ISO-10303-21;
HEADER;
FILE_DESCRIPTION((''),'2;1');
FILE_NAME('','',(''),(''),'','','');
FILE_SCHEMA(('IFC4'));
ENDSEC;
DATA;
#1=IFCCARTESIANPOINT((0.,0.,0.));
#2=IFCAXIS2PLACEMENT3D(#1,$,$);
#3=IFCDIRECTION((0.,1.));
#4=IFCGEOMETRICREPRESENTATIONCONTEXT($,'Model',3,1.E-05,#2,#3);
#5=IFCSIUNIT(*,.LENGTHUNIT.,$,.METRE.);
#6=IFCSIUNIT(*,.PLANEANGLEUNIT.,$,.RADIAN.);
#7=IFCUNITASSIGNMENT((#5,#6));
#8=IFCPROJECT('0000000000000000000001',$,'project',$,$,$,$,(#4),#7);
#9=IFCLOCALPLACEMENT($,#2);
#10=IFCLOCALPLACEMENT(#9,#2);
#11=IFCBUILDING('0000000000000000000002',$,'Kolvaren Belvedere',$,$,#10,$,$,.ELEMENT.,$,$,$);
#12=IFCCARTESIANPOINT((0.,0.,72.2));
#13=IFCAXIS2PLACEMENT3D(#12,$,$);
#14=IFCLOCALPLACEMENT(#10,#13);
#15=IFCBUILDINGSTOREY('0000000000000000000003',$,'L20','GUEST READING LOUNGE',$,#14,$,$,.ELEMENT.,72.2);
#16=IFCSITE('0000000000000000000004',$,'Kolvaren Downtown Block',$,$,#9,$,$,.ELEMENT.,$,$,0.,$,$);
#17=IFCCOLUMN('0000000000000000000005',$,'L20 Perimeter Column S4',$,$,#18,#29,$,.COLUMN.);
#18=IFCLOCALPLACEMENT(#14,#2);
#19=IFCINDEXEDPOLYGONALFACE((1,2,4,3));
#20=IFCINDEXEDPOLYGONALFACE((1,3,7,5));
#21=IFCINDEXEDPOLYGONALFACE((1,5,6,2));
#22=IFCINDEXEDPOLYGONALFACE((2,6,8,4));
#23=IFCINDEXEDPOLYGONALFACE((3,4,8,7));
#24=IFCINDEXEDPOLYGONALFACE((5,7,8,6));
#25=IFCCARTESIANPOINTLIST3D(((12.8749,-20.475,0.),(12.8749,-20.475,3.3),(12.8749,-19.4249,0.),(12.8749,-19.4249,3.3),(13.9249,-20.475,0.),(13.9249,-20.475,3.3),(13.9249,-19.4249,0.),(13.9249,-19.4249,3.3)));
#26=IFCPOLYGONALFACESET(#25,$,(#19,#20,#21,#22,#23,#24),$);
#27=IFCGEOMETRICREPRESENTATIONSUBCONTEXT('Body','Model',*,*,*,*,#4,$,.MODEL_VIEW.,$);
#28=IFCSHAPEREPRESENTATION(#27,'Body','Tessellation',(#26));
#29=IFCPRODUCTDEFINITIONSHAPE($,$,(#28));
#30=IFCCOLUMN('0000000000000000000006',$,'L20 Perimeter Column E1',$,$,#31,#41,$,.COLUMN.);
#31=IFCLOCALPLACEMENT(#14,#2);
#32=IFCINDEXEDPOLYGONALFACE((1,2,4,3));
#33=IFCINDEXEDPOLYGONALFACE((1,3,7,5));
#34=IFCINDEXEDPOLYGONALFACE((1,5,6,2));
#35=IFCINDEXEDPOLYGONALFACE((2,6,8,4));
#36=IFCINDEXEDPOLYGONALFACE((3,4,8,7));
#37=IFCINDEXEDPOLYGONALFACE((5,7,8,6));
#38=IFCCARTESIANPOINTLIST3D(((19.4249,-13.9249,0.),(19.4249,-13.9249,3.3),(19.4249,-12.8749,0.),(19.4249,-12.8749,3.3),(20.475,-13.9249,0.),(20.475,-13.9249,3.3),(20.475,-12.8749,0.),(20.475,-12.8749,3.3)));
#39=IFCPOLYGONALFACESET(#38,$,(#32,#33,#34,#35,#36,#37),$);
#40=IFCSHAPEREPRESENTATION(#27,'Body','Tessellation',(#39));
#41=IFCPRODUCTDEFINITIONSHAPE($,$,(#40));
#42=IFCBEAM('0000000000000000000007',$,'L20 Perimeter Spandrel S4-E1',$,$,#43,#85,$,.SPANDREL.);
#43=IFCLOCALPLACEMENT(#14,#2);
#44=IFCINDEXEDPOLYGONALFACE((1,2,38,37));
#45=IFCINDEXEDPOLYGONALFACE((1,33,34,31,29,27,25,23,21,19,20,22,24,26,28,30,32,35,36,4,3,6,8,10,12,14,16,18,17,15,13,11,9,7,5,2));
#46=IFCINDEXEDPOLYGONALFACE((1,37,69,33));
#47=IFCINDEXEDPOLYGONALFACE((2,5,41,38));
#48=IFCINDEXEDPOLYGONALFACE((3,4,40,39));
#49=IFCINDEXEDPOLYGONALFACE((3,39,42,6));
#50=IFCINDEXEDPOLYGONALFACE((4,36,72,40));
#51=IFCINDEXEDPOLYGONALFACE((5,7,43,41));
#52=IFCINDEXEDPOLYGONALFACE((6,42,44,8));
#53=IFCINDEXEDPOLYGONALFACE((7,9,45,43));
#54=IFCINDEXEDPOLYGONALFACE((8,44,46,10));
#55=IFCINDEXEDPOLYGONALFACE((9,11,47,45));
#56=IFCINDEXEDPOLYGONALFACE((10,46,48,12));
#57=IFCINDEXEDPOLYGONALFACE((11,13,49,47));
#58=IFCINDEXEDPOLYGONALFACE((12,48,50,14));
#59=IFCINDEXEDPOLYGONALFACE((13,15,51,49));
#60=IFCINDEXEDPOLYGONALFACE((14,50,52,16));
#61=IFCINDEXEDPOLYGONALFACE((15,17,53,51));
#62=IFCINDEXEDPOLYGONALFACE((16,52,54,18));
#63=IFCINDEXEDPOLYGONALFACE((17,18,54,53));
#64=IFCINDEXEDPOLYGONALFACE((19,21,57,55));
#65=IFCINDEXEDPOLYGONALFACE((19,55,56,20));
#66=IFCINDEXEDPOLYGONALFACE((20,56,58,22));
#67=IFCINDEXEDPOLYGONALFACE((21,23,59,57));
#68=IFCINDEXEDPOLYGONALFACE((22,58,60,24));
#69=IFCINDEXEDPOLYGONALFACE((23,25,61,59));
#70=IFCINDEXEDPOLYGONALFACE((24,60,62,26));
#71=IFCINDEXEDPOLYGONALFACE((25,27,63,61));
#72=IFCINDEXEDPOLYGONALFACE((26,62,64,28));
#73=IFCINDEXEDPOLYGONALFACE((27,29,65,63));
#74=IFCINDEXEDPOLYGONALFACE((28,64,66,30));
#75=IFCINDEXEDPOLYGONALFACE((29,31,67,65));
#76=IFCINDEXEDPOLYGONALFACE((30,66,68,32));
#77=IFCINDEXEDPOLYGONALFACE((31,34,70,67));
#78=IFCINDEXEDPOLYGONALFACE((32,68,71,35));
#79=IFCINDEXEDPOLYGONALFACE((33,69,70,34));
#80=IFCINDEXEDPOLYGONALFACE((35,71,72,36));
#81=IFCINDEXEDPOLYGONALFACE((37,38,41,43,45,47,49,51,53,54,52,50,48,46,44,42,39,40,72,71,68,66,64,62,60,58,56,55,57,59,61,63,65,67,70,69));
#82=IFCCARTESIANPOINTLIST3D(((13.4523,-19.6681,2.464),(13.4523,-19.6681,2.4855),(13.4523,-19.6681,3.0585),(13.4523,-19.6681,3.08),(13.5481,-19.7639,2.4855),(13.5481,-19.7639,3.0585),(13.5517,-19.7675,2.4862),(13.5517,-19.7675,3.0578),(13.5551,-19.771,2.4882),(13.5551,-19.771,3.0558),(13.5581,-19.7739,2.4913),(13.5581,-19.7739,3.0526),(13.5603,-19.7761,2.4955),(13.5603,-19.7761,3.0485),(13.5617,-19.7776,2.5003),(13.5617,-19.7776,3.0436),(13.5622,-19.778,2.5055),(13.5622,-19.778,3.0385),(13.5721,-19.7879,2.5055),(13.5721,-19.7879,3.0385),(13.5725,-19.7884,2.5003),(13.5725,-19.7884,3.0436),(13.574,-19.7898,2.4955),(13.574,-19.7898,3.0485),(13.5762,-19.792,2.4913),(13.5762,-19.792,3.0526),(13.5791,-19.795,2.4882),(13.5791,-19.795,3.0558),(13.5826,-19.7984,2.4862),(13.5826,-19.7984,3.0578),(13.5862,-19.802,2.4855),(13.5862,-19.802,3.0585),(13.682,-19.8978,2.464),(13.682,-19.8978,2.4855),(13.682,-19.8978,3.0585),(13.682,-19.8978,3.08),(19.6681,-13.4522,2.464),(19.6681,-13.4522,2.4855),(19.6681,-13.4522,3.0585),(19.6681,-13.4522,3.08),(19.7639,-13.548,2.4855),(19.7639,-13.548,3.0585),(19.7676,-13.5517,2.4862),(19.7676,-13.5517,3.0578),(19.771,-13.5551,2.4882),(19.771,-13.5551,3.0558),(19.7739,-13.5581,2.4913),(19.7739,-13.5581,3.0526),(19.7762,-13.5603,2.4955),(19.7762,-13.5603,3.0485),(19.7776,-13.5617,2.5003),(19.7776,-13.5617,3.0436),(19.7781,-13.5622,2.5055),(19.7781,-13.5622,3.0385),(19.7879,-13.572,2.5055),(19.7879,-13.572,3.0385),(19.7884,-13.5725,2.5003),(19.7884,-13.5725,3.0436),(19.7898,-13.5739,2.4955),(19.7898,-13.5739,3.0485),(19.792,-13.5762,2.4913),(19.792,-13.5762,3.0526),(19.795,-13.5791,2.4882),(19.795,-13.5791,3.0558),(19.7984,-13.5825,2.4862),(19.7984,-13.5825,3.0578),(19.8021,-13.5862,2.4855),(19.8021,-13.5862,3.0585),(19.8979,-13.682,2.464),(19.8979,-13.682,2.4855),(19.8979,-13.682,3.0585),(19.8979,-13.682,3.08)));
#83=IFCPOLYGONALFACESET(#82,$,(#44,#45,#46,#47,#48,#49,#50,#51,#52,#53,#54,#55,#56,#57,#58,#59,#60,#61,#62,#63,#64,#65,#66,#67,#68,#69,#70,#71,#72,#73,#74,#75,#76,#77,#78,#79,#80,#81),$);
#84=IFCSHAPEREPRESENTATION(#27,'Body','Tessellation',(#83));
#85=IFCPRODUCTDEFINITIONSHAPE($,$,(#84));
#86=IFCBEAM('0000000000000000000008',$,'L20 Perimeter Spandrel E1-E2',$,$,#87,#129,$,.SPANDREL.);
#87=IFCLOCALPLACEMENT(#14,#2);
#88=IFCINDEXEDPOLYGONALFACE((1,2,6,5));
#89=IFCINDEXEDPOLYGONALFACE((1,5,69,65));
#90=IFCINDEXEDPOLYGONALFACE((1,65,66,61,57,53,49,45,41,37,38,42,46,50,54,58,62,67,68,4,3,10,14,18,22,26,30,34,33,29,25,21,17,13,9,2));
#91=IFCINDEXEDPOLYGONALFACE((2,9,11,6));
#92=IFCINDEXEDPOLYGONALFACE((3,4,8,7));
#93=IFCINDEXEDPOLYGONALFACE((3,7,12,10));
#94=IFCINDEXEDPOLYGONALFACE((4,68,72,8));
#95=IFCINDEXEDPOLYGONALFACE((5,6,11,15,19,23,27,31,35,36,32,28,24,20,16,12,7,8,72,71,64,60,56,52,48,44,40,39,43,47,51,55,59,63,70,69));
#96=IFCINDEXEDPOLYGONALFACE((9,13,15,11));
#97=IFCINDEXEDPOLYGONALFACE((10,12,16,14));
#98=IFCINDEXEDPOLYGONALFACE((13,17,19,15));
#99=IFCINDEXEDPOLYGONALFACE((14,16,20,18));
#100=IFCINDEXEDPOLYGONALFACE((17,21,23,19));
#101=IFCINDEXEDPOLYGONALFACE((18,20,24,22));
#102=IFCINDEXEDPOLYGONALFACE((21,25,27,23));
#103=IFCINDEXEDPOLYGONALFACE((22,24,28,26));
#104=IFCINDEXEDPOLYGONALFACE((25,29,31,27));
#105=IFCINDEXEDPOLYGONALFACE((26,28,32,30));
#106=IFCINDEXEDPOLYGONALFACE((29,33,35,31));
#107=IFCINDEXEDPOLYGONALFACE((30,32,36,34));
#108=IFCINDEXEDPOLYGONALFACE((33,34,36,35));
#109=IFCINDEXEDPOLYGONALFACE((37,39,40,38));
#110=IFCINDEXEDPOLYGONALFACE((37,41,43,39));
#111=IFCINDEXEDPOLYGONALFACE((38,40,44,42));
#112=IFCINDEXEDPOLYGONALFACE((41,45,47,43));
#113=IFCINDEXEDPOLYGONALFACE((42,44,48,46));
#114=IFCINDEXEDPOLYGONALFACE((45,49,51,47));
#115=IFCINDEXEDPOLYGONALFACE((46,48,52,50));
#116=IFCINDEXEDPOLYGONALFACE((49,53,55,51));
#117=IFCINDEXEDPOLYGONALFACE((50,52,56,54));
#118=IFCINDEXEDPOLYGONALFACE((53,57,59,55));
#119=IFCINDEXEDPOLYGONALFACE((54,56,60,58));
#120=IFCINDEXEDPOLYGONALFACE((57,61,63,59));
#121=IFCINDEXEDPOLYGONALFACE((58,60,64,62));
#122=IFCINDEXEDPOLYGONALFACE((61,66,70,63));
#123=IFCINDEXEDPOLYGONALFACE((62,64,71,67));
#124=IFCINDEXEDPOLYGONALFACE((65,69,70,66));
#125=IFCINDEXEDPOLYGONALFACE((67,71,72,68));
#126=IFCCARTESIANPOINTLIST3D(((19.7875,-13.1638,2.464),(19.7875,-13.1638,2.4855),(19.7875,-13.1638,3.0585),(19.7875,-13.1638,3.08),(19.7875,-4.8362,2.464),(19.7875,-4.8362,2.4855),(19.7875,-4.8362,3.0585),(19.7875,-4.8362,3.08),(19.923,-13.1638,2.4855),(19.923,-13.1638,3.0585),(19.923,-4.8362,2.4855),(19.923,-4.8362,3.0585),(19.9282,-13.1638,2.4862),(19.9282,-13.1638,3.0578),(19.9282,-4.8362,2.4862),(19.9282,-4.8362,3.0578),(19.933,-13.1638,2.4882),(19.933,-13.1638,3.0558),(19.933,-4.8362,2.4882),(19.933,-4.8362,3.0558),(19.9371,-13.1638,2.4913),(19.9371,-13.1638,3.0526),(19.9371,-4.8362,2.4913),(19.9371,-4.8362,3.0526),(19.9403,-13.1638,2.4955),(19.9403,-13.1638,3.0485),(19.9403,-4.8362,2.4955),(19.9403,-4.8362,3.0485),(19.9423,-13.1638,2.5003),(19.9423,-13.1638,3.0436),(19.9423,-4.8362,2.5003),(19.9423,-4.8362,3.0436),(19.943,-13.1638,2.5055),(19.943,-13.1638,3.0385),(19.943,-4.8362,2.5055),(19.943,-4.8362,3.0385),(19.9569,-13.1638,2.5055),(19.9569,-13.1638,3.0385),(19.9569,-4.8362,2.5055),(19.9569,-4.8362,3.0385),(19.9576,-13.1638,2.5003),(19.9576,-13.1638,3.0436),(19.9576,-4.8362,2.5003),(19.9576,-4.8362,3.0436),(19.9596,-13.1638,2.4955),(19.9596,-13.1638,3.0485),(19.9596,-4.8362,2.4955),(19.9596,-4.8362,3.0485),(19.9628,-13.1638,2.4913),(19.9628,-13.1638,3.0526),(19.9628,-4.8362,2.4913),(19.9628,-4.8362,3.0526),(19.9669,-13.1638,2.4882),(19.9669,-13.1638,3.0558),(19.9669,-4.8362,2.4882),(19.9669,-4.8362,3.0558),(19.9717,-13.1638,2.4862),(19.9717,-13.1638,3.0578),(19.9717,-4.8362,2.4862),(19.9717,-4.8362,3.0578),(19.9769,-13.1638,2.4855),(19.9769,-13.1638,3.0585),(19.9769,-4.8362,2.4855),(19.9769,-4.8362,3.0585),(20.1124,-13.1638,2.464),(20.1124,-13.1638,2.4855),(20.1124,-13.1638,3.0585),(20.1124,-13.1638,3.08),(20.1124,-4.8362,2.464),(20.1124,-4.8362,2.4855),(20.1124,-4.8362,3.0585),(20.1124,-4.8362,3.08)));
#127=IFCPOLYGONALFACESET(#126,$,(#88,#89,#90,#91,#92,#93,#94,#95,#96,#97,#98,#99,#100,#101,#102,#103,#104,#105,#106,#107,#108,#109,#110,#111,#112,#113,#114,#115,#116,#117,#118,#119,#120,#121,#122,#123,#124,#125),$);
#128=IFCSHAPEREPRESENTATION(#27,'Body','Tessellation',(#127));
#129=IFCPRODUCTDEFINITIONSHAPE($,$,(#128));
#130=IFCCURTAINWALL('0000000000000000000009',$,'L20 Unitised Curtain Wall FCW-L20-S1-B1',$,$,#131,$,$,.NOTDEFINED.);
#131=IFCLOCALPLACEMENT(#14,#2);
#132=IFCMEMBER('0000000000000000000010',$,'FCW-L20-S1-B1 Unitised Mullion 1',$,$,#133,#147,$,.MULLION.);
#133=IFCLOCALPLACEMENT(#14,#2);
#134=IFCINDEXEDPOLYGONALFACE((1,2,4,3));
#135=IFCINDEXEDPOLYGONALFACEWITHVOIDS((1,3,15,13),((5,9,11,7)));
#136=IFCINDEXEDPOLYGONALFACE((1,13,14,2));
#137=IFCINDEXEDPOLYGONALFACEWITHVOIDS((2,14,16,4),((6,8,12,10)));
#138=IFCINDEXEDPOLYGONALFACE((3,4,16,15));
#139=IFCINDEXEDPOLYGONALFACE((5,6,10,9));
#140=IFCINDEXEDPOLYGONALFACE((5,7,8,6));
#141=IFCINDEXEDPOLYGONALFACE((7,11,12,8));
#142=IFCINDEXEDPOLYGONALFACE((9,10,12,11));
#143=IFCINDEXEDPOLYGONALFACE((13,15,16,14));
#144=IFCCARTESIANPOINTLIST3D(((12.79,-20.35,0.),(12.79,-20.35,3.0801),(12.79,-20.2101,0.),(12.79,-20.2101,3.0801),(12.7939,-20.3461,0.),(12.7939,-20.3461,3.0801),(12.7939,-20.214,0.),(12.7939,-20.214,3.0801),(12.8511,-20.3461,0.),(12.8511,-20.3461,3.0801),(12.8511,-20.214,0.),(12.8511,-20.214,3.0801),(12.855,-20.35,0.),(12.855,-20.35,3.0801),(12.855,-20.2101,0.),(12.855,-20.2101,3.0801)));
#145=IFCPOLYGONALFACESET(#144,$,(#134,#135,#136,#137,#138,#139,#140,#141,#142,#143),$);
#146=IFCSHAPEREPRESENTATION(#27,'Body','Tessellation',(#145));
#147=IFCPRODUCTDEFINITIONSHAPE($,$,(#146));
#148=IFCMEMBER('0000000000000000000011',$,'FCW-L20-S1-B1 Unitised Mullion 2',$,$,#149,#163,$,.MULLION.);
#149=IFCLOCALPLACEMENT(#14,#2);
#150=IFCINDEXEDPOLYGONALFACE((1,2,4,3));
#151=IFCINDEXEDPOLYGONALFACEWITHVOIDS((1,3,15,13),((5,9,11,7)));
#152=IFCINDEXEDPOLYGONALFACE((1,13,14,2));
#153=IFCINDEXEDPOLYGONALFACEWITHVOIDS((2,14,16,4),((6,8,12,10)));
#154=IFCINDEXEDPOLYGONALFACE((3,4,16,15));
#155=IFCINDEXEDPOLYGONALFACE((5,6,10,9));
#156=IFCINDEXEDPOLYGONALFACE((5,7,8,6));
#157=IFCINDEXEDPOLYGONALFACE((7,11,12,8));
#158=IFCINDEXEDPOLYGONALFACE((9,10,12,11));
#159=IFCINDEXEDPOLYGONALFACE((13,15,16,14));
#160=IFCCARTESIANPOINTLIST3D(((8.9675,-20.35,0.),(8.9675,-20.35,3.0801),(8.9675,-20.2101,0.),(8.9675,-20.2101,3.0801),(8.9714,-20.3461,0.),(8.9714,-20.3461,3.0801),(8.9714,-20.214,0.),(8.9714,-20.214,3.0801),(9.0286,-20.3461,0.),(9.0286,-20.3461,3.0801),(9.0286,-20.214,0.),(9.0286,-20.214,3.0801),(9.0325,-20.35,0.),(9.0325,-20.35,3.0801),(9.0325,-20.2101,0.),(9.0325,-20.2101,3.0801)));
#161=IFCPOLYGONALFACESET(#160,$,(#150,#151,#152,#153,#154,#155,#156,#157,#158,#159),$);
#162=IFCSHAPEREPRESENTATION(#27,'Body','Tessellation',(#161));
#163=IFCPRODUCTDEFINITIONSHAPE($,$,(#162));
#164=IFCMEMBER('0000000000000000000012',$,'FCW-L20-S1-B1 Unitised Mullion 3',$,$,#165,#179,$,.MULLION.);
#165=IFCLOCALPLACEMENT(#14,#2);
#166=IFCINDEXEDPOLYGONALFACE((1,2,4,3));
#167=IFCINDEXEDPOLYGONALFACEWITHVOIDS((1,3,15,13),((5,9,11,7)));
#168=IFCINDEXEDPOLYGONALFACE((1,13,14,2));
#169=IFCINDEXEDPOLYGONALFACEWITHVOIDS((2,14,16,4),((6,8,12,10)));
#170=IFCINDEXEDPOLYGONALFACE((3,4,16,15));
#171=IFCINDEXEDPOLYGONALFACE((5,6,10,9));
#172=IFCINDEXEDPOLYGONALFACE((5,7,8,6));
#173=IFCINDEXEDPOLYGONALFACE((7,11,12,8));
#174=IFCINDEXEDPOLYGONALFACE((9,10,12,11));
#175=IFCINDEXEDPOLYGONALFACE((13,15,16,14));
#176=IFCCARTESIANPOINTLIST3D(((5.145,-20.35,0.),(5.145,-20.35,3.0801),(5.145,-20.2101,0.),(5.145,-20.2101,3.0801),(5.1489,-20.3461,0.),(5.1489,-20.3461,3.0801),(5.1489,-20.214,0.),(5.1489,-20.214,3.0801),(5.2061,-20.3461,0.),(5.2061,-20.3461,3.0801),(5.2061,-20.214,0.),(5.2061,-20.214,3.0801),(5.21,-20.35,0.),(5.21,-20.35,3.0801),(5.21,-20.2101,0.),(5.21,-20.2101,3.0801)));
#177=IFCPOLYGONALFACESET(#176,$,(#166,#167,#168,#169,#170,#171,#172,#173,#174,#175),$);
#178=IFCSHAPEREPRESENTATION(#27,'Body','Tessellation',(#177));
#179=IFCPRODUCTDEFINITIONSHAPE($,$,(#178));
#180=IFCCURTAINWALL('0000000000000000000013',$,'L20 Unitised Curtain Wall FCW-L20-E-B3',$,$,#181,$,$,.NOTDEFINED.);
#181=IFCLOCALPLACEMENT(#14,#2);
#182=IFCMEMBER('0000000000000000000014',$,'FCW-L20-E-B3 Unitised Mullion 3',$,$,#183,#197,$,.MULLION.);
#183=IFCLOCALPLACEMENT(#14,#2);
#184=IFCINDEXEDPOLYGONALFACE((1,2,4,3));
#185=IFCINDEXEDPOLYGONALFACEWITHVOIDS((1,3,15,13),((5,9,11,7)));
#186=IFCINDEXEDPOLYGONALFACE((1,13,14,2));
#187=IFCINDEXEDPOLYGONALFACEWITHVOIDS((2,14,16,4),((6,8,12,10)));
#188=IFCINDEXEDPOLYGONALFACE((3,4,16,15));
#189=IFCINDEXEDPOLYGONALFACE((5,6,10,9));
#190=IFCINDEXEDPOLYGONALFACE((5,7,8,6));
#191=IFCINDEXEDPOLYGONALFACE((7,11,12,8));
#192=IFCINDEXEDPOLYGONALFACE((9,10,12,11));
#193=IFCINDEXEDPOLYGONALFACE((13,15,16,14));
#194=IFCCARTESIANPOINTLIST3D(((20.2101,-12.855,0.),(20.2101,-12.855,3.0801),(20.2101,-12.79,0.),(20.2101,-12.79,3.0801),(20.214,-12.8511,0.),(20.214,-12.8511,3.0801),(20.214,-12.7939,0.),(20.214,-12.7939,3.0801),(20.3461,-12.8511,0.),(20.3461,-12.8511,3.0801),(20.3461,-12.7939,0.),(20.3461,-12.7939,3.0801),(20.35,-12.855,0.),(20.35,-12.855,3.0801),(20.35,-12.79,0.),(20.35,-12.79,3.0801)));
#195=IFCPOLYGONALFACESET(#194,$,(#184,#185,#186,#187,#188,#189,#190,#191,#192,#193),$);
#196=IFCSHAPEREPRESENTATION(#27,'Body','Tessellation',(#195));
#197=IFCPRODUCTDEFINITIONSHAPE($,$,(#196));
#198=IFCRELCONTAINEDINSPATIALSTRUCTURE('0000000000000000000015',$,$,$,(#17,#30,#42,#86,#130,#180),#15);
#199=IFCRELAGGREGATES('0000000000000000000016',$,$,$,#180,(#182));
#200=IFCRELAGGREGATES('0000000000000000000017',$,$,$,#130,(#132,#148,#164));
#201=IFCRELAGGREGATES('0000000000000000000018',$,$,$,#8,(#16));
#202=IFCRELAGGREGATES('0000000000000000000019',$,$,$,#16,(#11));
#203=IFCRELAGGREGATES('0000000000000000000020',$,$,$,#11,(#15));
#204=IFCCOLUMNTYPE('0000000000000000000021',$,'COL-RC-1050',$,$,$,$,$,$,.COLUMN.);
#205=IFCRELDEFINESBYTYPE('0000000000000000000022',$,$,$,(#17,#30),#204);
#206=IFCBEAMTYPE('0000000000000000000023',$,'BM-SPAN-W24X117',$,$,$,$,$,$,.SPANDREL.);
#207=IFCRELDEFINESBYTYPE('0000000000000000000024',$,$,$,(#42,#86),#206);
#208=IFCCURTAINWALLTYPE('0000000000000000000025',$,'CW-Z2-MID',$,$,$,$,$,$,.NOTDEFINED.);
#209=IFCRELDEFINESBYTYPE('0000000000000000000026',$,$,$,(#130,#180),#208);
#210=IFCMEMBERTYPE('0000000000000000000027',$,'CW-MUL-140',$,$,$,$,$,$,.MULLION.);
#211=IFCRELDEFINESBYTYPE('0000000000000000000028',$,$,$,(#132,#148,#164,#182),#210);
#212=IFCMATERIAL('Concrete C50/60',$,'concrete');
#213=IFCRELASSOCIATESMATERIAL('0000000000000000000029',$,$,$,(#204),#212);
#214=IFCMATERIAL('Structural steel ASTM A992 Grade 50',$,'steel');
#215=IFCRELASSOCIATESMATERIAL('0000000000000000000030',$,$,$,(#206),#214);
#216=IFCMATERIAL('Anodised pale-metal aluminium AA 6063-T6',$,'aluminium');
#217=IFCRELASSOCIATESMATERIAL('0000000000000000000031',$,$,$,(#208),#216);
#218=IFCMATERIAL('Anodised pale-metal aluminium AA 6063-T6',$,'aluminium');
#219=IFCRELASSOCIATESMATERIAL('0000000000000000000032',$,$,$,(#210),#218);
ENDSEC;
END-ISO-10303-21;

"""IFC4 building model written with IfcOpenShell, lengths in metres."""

from ifc_helpers import new_model, si_unit, direction, frame, origin, origin_2d, place, context, subcontext, project, spatial, rectangle, hollow_rectangle, i_section, extrude, material, material_profile, profile_set, type_object, element, aggregate, save


model = new_model("IFC4")

# Units and contexts
model_context = context("Model", 3, precision=1e-05, world=origin(), true_north=direction((0.0, 1.0)))
body_context = subcontext(model_context, "Body", "Model", "MODEL_VIEW")
ifc_project = project(units=[si_unit("LENGTHUNIT", "METRE"), si_unit("PLANEANGLEUNIT", "RADIAN")], contexts=[model_context])

# Site, building, storey
site_placement = place(None, origin())
site = spatial("IfcSite", under=ifc_project, at=site_placement, Name="Kolvaren Downtown Block", CompositionType="ELEMENT", RefElevation=0.0)
building_placement = place(site_placement, origin())
building = spatial("IfcBuilding", under=site, at=building_placement, Name="Kolvaren Belvedere", CompositionType="ELEMENT")
storey_placement = place(building_placement, frame((0.0, 0.0, 72.2)))
storey = spatial("IfcBuildingStorey", under=building, at=storey_placement, Name="L20", Description="GUEST READING LOUNGE", CompositionType="ELEMENT", Elevation=72.2)

# Columns
ifc_material_1 = material(Name="Concrete C50/60", Category="concrete")
ifc_material_profile_1 = material_profile(ifc_material_1, rectangle(XDim=1.05, YDim=1.05, at=origin_2d()), Name="RC 1050X1050")
ifc_profile_set_1 = profile_set([ifc_material_profile_1], Name="Concrete C50/60")
column_type = type_object("IfcColumnType", Name="COL-RC-1050", PredefinedType="COLUMN", material=ifc_profile_set_1)
for number, where, z_axis, x_axis, name in (
    (1, (13.3999, -19.95, 0.0), (0.0, 0.0, 1.0), (1.0, 0.0, 0.0), "L20 Perimeter Column S4"),
    (2, (19.95, -13.3999, 0.0), (0.0, 0.0, 1.0), (1.0, 0.0, 0.0), "L20 Perimeter Column E1"),
):
    element("IfcColumn", number, at=place(storey_placement, frame(where, z_axis=z_axis, x_axis=x_axis)), inside=storey, type_object=column_type, Name=name, PredefinedType="COLUMN", context=body_context, shape_type="SweptSolid", body=[
        extrude(rectangle(XDim=1.05, YDim=1.05, at=origin_2d()), origin(), (0.0, 0.0, 1.0), 3.3),
    ])

# Beams
ifc_material_2 = material(Name="Structural steel ASTM A992 Grade 50", Category="steel")
ifc_material_profile_2 = material_profile(ifc_material_2, i_section(OverallWidth=0.325, OverallDepth=0.616, WebThickness=0.0139, FlangeThickness=0.0215, FilletRadius=0.02, at=origin_2d()), Name="W24X117")
ifc_profile_set_2 = profile_set([ifc_material_profile_2], Name="Structural steel ASTM A992 Grade 50")
beam_type = type_object("IfcBeamType", Name="BM-SPAN-W24X117", PredefinedType="SPANDREL", material=ifc_profile_set_2)
beam_1_placement = place(storey_placement, frame((13.5671, -19.783, 2.772), z_axis=(0.707107, 0.707107, 0.0), x_axis=(-0.707107, 0.707107, 0.0)))
element("IfcBeam", 3, at=beam_1_placement, inside=storey, type_object=beam_type, Name="L20 Perimeter Spandrel S4-E1", PredefinedType="SPANDREL", context=body_context, shape_type="SweptSolid", body=[
    extrude(i_section(OverallWidth=0.325, OverallDepth=0.616, WebThickness=0.0139, FlangeThickness=0.0215, FilletRadius=0.02, at=origin_2d()), origin(), (0.0, 0.0, 1.0), 8.7905),
])
beam_2_placement = place(storey_placement, frame((19.95, -13.1638, 2.772), z_axis=(0.0, 1.0, 0.0), x_axis=(-1.0, 0.0, 0.0)))
element("IfcBeam", 4, at=beam_2_placement, inside=storey, type_object=beam_type, Name="L20 Perimeter Spandrel E1-E2", PredefinedType="SPANDREL", context=body_context, shape_type="SweptSolid", body=[
    extrude(i_section(OverallWidth=0.325, OverallDepth=0.616, WebThickness=0.0139, FlangeThickness=0.0215, FilletRadius=0.02, at=origin_2d()), origin(), (0.0, 0.0, 1.0), 8.3276),
])

# Curtain wall, members
ifc_material_3 = material(Name="Anodised pale-metal aluminium AA 6063-T6", Category="aluminium")
curtain_wall_type = type_object("IfcCurtainWallType", Name="CW-Z2-MID", PredefinedType="NOTDEFINED", material=ifc_material_3)
curtain_wall_1_placement = place(storey_placement, origin())
curtain_wall_1 = element("IfcCurtainWall", 5, at=curtain_wall_1_placement, inside=storey, type_object=curtain_wall_type, Name="L20 Unitised Curtain Wall FCW-L20-S1-B1", PredefinedType="NOTDEFINED")
ifc_material_4 = material(Name="Anodised pale-metal aluminium AA 6063-T6", Category="aluminium")
ifc_material_profile_3 = material_profile(ifc_material_4, hollow_rectangle(XDim=0.0649, YDim=0.1399, WallThickness=0.0039, at=origin_2d()), Name="ALU-MUL-140X65")
ifc_profile_set_3 = profile_set([ifc_material_profile_3], Name="Anodised pale-metal aluminium AA 6063-T6")
member_type_1 = type_object("IfcMemberType", Name="CW-MUL-140", PredefinedType="MULLION", material=ifc_profile_set_3)
member_1_placement = place(storey_placement, frame((12.8225, -20.28, 0.0), z_axis=(0.0, 0.0, 1.0), x_axis=(1.0, 0.0, 0.0)))
member_1 = element("IfcMember", 6, at=member_1_placement, type_object=member_type_1, Name="FCW-L20-S1-B1 Unitised Mullion 1", PredefinedType="MULLION", context=body_context, shape_type="SweptSolid", body=[
    extrude(hollow_rectangle(XDim=0.0649, YDim=0.1399, WallThickness=0.0039, at=origin_2d()), origin(), (0.0, 0.0, 1.0), 3.0801),
])
member_2_placement = place(storey_placement, frame((9.0, -20.28, 0.0), z_axis=(0.0, 0.0, 1.0), x_axis=(1.0, 0.0, 0.0)))
member_2 = element("IfcMember", 7, at=member_2_placement, type_object=member_type_1, Name="FCW-L20-S1-B1 Unitised Mullion 2", PredefinedType="MULLION", context=body_context, shape_type="SweptSolid", body=[
    extrude(hollow_rectangle(XDim=0.0649, YDim=0.1399, WallThickness=0.0039, at=origin_2d()), origin(), (0.0, 0.0, 1.0), 3.0801),
])
member_3_placement = place(storey_placement, frame((5.1775, -20.28, 0.0), z_axis=(0.0, 0.0, 1.0), x_axis=(1.0, 0.0, 0.0)))
member_3 = element("IfcMember", 8, at=member_3_placement, type_object=member_type_1, Name="FCW-L20-S1-B1 Unitised Mullion 3", PredefinedType="MULLION", context=body_context, shape_type="SweptSolid", body=[
    extrude(hollow_rectangle(XDim=0.0649, YDim=0.1399, WallThickness=0.0039, at=origin_2d()), origin(), (0.0, 0.0, 1.0), 3.0801),
])

# Curtain wall, member
curtain_wall_2_placement = place(storey_placement, origin())
curtain_wall_2 = element("IfcCurtainWall", 9, at=curtain_wall_2_placement, inside=storey, type_object=curtain_wall_type, Name="L20 Unitised Curtain Wall FCW-L20-E-B3", PredefinedType="NOTDEFINED")
member_4_placement = place(storey_placement, frame((20.28, -12.8225, 0.0), z_axis=(0.0, 0.0, 1.0), x_axis=(0.0, 1.0, 0.0)))
member_4 = element("IfcMember", 10, at=member_4_placement, type_object=member_type_1, Name="FCW-L20-E-B3 Unitised Mullion 3", PredefinedType="MULLION", context=body_context, shape_type="SweptSolid", body=[
    extrude(hollow_rectangle(XDim=0.0649, YDim=0.1399, WallThickness=0.0039, at=origin_2d()), origin(), (0.0, 0.0, 1.0), 3.0801),
])
aggregate(curtain_wall_2, [member_4])

aggregate(curtain_wall_1, [member_1, member_2, member_3])

save(model, "model.ifc")
